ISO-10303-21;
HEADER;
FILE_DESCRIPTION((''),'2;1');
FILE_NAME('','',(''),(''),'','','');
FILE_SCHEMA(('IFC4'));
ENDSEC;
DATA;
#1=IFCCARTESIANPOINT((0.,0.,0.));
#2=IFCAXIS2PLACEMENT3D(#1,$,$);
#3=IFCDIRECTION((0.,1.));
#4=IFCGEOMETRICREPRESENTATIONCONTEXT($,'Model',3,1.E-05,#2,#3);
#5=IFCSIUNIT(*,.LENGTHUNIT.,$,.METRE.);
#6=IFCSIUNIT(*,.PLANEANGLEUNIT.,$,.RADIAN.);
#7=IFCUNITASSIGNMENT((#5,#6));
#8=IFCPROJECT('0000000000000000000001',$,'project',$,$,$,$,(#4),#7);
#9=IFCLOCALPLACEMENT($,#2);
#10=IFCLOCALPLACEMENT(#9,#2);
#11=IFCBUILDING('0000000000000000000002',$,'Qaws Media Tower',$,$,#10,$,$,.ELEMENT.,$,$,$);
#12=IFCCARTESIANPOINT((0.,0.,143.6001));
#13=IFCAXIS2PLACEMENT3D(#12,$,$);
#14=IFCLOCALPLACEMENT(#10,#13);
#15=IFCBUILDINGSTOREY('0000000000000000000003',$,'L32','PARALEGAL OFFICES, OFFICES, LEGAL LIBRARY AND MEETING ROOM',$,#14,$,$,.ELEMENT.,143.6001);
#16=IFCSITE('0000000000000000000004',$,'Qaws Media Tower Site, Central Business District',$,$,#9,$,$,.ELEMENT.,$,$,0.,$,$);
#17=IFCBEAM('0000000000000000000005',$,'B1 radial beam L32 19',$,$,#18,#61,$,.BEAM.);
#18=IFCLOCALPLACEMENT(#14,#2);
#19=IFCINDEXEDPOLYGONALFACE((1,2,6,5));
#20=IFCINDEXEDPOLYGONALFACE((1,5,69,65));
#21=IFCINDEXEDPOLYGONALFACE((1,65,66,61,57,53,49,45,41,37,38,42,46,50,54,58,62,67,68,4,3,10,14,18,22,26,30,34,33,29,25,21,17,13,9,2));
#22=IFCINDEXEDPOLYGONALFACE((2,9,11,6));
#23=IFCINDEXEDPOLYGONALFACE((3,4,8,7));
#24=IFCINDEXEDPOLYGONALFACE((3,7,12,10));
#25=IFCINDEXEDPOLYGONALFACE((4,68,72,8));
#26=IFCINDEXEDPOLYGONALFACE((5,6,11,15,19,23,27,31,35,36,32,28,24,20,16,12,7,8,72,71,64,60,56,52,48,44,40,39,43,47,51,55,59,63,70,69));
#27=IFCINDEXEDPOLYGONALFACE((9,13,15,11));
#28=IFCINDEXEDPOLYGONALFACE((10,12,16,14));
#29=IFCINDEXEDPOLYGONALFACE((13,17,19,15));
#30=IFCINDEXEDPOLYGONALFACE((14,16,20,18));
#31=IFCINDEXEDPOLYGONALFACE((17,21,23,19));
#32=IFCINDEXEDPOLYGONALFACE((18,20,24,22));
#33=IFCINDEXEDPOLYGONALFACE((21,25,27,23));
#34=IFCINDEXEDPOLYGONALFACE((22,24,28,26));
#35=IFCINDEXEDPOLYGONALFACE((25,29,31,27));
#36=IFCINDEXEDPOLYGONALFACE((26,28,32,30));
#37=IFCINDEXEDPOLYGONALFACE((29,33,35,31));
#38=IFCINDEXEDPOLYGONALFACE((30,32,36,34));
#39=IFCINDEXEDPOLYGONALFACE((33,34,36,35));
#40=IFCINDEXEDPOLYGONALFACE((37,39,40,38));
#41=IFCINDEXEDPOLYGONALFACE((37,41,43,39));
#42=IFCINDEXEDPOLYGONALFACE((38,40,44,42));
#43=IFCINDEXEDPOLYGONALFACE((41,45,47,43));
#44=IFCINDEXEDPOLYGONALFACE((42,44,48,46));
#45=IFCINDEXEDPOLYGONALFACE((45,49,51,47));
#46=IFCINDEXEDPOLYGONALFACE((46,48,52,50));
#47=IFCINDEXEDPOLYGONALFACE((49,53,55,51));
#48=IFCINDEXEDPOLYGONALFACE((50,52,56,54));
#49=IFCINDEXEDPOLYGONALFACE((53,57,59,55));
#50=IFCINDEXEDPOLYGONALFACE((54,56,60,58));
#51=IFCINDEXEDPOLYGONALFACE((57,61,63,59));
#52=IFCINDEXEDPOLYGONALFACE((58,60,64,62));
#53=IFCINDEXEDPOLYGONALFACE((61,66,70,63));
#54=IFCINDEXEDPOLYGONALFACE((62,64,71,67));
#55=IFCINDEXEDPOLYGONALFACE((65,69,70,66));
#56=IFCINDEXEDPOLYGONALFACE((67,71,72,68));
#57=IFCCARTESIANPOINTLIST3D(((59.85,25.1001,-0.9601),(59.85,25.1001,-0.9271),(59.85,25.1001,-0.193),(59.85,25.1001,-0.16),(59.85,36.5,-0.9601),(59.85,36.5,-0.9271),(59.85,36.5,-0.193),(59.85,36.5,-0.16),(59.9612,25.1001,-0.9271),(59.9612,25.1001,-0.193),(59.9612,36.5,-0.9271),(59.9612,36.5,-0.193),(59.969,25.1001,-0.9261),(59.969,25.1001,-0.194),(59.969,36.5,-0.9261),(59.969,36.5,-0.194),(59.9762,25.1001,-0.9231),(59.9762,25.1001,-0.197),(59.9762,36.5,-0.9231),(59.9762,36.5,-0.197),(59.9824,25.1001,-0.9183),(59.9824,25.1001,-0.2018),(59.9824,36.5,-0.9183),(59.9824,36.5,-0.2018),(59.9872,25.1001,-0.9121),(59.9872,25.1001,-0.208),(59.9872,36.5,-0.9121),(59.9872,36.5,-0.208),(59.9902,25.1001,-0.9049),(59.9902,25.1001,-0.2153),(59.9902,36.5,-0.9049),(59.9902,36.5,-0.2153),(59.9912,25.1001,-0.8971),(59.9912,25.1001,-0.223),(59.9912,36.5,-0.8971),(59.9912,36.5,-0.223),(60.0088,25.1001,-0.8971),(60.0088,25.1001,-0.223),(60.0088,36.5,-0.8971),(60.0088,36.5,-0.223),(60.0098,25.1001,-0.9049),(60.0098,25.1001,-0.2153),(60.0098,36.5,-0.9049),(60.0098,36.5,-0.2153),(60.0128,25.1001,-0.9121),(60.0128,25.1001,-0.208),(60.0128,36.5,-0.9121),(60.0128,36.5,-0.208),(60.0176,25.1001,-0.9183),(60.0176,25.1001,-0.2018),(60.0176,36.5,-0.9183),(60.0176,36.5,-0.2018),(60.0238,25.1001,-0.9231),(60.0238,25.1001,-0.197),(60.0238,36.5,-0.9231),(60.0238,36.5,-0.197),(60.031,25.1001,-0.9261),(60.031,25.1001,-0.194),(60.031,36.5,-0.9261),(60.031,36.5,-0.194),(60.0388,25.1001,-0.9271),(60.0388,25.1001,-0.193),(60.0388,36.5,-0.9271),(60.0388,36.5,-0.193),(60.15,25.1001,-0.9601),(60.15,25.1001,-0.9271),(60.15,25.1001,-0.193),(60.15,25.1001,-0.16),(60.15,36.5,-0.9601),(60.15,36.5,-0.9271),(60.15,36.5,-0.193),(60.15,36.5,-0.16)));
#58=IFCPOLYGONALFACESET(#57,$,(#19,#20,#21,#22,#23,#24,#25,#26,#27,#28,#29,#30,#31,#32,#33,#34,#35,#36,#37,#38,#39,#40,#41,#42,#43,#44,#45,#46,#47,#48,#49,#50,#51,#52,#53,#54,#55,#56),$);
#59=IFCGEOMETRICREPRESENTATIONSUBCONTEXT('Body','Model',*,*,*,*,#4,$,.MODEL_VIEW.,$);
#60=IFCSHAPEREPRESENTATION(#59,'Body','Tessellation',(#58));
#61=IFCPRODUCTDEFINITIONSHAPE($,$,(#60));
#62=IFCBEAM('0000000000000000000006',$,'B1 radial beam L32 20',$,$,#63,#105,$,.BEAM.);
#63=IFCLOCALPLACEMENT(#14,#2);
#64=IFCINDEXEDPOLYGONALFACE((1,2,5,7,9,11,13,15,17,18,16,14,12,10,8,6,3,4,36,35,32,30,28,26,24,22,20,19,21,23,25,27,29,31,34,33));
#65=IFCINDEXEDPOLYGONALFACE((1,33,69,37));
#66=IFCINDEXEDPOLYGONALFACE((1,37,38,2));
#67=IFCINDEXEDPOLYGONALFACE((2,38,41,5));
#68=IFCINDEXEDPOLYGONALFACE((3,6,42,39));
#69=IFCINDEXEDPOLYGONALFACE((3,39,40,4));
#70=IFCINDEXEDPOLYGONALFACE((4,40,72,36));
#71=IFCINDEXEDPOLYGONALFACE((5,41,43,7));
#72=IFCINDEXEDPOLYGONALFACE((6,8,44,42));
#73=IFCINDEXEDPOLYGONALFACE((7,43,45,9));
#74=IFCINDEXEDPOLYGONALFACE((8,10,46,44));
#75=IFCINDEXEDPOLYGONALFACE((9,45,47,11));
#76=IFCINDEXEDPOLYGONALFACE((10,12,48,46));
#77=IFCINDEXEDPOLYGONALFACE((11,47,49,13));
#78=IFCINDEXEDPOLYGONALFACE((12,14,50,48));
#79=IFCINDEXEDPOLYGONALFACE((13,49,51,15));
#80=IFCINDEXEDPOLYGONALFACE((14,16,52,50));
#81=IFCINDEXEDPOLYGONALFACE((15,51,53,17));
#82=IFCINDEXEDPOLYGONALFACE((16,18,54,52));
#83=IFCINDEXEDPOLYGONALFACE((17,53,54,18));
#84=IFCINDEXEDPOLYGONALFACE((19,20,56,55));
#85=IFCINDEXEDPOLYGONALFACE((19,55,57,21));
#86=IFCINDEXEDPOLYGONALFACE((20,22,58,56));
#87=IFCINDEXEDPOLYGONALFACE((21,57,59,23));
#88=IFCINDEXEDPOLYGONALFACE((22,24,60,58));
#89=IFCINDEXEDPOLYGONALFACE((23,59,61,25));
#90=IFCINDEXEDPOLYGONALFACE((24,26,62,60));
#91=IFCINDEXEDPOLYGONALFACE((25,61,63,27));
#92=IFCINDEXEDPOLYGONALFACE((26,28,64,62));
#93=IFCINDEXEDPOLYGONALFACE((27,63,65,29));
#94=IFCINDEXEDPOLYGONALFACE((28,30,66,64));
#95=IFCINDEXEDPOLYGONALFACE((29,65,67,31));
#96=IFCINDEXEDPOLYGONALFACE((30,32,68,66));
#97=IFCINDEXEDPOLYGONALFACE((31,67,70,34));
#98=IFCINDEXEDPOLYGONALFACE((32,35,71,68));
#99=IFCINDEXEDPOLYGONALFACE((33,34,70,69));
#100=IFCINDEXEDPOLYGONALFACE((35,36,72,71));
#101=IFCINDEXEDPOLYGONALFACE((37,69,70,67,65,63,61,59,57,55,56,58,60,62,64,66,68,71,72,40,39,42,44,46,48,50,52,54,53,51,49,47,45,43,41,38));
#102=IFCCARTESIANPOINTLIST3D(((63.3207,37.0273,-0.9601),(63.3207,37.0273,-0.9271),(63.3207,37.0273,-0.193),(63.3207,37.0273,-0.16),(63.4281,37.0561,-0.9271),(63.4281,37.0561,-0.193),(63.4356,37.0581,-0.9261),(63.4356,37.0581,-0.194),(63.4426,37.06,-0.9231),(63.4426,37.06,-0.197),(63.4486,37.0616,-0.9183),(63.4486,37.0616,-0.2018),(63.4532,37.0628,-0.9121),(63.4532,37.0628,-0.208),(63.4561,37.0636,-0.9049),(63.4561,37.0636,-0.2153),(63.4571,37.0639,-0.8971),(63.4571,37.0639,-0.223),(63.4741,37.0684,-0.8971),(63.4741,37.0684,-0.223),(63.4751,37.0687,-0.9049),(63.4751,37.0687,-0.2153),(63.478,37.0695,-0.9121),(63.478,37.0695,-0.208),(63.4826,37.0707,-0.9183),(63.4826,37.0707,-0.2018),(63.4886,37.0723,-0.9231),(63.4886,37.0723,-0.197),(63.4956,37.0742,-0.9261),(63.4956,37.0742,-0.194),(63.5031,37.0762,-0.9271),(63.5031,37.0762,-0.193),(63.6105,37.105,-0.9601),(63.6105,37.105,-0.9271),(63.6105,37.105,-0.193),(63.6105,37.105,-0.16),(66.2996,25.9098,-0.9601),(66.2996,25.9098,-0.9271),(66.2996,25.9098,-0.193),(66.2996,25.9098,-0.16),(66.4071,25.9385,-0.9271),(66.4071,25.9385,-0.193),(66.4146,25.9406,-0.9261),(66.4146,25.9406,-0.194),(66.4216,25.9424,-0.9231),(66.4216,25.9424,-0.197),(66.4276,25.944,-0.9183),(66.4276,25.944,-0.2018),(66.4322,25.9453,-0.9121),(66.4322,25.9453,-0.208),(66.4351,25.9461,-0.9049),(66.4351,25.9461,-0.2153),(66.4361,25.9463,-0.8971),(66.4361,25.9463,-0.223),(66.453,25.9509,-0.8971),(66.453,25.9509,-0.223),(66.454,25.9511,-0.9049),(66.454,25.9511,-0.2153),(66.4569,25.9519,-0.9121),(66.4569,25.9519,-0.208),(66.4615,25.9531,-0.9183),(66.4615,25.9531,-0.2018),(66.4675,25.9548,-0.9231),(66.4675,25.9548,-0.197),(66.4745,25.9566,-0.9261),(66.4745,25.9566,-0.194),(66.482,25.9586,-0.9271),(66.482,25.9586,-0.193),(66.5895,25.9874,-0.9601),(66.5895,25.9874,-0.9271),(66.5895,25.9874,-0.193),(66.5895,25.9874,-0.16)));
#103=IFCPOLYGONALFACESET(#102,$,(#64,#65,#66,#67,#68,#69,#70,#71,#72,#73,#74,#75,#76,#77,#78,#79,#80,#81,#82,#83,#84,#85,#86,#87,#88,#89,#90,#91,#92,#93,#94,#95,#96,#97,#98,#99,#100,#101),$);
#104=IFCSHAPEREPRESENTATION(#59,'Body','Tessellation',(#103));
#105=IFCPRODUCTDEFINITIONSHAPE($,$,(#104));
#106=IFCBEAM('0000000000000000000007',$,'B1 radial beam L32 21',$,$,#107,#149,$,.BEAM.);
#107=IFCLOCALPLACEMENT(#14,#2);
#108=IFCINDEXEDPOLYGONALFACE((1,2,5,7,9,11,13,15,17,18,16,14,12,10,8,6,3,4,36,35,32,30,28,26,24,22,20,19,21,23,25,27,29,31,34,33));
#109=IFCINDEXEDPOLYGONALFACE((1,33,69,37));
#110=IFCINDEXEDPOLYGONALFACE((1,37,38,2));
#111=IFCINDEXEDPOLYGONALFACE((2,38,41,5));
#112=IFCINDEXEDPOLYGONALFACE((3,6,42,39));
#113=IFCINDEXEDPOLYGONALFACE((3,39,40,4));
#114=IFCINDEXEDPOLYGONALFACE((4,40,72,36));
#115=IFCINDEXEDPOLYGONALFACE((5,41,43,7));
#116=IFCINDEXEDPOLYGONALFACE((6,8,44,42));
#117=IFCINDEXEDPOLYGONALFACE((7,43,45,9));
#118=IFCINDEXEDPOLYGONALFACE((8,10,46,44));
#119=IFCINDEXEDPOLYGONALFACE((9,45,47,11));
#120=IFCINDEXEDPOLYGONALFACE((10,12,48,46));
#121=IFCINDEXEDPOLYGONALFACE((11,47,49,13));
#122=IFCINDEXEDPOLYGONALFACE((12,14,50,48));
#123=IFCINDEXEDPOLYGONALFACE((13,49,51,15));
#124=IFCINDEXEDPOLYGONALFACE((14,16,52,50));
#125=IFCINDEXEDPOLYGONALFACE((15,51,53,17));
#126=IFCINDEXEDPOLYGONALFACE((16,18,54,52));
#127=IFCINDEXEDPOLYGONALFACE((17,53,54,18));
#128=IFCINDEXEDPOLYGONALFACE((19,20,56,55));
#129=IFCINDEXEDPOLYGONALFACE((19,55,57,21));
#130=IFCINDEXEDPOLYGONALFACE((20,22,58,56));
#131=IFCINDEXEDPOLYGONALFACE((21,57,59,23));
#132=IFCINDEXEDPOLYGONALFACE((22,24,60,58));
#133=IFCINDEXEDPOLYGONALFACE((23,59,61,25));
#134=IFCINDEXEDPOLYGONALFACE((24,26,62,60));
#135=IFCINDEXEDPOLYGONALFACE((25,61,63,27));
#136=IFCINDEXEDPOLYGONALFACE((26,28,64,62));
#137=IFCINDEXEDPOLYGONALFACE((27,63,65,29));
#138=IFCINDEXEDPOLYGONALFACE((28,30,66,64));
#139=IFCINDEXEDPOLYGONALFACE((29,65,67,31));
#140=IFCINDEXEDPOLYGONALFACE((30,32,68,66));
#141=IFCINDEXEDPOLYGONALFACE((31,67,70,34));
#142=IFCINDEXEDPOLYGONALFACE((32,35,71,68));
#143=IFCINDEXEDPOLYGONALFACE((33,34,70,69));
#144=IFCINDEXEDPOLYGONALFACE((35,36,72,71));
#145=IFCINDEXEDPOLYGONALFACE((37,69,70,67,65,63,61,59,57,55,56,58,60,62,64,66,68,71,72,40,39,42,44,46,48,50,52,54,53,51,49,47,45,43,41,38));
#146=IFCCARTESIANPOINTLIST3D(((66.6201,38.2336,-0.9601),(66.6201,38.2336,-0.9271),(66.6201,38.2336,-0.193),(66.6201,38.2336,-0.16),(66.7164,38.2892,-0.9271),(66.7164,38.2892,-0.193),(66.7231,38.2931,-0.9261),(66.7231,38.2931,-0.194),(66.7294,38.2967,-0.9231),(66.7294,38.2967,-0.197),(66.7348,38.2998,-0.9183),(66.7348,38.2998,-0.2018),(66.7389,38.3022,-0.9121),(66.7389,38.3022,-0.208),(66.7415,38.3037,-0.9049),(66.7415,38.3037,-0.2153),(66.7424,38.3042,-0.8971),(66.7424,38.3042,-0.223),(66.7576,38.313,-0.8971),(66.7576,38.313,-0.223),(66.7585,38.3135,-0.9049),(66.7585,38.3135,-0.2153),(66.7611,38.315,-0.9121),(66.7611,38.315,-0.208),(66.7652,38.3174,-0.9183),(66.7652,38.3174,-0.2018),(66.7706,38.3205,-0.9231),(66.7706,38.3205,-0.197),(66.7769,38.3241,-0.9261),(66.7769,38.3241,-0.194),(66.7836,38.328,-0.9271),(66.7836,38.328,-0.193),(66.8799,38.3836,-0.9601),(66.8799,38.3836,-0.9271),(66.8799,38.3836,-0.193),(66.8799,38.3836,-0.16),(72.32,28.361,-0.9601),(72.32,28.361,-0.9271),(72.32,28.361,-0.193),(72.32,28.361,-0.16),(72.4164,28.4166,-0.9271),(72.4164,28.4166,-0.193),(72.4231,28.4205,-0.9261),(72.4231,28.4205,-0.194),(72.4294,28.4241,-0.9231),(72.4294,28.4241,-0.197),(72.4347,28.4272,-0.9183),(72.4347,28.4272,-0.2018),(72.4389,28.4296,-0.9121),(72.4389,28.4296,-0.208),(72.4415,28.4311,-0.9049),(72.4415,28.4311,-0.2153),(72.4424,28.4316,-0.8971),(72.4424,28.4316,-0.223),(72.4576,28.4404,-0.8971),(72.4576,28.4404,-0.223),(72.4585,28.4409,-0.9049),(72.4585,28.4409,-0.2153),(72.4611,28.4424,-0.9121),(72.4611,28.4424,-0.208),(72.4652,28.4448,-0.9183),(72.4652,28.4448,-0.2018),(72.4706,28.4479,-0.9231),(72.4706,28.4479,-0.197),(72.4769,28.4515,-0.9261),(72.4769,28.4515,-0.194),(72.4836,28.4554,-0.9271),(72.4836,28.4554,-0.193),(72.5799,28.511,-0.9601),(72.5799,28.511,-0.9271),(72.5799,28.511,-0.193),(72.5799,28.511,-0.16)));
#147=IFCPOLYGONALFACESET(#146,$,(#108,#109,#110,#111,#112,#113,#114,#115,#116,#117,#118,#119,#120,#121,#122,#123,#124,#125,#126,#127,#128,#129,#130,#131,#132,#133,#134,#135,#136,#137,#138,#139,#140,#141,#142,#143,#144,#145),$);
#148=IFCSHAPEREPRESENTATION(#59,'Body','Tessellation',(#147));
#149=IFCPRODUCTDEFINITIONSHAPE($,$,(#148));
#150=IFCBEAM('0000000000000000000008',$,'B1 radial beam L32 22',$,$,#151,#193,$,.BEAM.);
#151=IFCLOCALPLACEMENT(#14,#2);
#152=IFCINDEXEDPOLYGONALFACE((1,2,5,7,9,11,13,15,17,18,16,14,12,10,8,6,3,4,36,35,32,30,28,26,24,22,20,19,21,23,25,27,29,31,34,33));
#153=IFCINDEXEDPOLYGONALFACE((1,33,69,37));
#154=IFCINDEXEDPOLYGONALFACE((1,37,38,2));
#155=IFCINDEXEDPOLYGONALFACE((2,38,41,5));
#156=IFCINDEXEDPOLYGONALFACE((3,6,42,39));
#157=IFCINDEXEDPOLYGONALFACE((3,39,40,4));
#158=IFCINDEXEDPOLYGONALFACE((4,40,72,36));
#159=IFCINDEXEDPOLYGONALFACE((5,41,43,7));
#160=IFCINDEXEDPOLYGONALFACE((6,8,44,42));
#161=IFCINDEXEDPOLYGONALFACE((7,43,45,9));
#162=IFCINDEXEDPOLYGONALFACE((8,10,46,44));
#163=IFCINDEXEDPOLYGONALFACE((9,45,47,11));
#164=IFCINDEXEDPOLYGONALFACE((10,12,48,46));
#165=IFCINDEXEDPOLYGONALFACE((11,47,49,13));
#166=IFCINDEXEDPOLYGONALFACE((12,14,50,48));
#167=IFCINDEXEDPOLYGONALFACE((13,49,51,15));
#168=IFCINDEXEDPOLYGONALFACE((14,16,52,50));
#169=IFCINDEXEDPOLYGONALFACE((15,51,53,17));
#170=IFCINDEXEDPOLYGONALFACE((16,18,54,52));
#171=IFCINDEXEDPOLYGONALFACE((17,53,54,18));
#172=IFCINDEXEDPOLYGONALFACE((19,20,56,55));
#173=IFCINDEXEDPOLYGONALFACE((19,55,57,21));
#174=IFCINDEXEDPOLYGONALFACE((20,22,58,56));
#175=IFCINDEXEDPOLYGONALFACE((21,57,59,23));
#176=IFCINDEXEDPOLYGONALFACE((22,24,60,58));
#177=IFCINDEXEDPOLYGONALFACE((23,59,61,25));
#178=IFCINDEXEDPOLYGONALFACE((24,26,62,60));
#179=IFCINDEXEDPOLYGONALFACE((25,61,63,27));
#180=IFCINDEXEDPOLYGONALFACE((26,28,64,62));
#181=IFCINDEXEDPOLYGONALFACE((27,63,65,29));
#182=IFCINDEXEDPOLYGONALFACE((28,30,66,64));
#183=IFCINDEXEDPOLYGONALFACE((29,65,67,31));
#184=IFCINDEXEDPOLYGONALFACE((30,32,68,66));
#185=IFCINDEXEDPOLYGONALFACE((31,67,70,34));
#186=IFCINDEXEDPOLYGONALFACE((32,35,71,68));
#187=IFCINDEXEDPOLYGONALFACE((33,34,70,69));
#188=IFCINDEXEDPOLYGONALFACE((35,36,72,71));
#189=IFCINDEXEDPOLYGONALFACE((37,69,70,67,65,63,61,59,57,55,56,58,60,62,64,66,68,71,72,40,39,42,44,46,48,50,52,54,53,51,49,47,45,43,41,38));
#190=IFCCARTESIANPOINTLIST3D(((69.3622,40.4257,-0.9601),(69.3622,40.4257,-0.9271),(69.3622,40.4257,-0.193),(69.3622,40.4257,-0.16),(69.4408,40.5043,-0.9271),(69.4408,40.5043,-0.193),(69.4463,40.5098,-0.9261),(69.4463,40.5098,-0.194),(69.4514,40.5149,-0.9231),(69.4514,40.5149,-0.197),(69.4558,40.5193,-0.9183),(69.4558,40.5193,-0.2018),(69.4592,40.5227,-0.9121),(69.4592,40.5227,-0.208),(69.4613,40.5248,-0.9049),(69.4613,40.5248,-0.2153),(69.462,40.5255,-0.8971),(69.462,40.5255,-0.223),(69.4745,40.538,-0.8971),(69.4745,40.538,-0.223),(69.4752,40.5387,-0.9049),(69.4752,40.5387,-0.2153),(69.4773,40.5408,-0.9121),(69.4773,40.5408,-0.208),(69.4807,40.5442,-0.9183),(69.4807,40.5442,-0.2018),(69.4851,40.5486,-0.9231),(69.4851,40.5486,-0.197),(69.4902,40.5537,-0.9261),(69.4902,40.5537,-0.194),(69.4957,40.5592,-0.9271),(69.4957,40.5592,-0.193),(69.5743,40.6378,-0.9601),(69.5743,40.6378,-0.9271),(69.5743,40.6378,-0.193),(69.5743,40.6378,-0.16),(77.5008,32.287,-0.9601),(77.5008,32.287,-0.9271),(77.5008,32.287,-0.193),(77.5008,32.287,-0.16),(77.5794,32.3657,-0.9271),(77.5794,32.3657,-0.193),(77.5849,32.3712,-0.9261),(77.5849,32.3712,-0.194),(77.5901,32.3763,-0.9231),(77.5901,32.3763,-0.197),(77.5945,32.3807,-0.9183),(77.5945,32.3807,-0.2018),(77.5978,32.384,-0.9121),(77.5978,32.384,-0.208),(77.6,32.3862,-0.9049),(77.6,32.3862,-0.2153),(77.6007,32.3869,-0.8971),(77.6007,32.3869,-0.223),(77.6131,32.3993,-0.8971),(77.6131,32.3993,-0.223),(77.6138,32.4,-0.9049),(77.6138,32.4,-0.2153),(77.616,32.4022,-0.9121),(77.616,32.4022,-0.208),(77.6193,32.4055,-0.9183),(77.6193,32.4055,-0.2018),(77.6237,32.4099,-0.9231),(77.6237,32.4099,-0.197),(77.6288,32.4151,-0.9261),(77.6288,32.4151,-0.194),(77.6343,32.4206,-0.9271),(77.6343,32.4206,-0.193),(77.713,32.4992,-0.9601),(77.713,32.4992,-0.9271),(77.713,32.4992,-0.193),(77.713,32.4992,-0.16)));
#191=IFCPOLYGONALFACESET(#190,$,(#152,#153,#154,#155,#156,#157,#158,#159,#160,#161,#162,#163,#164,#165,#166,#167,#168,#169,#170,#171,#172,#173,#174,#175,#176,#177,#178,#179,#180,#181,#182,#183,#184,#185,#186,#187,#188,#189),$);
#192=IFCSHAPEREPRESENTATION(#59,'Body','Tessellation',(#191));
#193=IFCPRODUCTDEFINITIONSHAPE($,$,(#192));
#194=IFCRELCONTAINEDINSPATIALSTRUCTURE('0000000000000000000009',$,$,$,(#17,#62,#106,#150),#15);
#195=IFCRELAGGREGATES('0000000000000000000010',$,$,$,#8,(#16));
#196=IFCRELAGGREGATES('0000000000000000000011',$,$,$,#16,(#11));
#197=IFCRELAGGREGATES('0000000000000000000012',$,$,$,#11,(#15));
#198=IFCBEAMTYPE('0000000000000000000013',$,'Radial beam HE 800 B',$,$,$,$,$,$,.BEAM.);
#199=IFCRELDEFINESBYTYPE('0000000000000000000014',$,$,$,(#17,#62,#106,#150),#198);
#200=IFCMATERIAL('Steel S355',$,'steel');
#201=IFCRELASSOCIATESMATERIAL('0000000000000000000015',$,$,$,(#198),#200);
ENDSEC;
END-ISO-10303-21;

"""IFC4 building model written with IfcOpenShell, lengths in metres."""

from ifc_helpers import new_model, si_unit, direction, frame, origin, origin_2d, place, context, subcontext, project, spatial, i_section, extrude, material, material_profile, profile_set, type_object, element, save


model = new_model("IFC4")

# Units and contexts
model_context = context("Model", 3, precision=1e-05, world=origin(), true_north=direction((0.0, 1.0)))
body_context = subcontext(model_context, "Body", "Model", "MODEL_VIEW")
ifc_project = project(units=[si_unit("LENGTHUNIT", "METRE"), si_unit("PLANEANGLEUNIT", "RADIAN")], contexts=[model_context])

# Site, building, storey
site_placement = place(None, origin())
site = spatial("IfcSite", under=ifc_project, at=site_placement, Name="Qaws Media Tower Site, Central Business District", CompositionType="ELEMENT", RefElevation=0.0)
building_placement = place(site_placement, origin())
building = spatial("IfcBuilding", under=site, at=building_placement, Name="Qaws Media Tower", CompositionType="ELEMENT")
storey_placement = place(building_placement, frame((0.0, 0.0, 143.6001)))
storey = spatial("IfcBuildingStorey", under=building, at=storey_placement, Name="L32", Description="PARALEGAL OFFICES, OFFICES, LEGAL LIBRARY AND MEETING ROOM", CompositionType="ELEMENT", Elevation=143.6001)

# Beams
ifc_material_1 = material(Name="Steel S355", Category="steel")
ifc_material_profile_1 = material_profile(ifc_material_1, i_section(OverallWidth=0.3, OverallDepth=0.8, WebThickness=0.0176, FlangeThickness=0.033, FilletRadius=0.03, at=origin_2d()), Name="HE 800 B")
ifc_profile_set_1 = profile_set([ifc_material_profile_1], Name="Steel S355")
beam_type_1 = type_object("IfcBeamType", Name="Radial beam HE 800 B", PredefinedType="BEAM", material=ifc_profile_set_1)
beam_1_placement = place(storey_placement, frame((60.0, 36.5, -0.5601), z_axis=(0.0, -1.0, 0.0), x_axis=(1.0, 0.0, 0.0)))
element("IfcBeam", 1, at=beam_1_placement, inside=storey, type_object=beam_type_1, Name="B1 radial beam L32 19", PredefinedType="BEAM", context=body_context, shape_type="SweptSolid", body=[
    extrude(i_section(OverallWidth=0.3, OverallDepth=0.8, WebThickness=0.0176, FlangeThickness=0.033, FilletRadius=0.03, at=origin_2d()), origin(), (0.0, 0.0, 1.0), 11.3999),
])
beam_2_placement = place(storey_placement, frame((63.4656, 37.0662, -0.5601), z_axis=(0.258822, -0.965925, 0.0), x_axis=(0.965925, 0.258822, 0.0)))
element("IfcBeam", 2, at=beam_2_placement, inside=storey, type_object=beam_type_1, Name="B1 radial beam L32 20", PredefinedType="BEAM", context=body_context, shape_type="SweptSolid", body=[
    extrude(i_section(OverallWidth=0.3, OverallDepth=0.8, WebThickness=0.0176, FlangeThickness=0.033, FilletRadius=0.03, at=origin_2d()), origin(), (0.0, 0.0, 1.0), 11.5098),
])
beam_3_placement = place(storey_placement, frame((66.75, 38.3086, -0.5601), z_axis=(0.500002, -0.866024, 0.0), x_axis=(0.866024, 0.500002, 0.0)))
element("IfcBeam", 3, at=beam_3_placement, inside=storey, type_object=beam_type_1, Name="B1 radial beam L32 21", PredefinedType="BEAM", context=body_context, shape_type="SweptSolid", body=[
    extrude(i_section(OverallWidth=0.3, OverallDepth=0.8, WebThickness=0.0176, FlangeThickness=0.033, FilletRadius=0.03, at=origin_2d()), origin(), (0.0, 0.0, 1.0), 11.3999),
])
beam_4_placement = place(storey_placement, frame((69.4683, 40.5317, -0.5601), z_axis=(0.707107, -0.707107, 0.0), x_axis=(0.707107, 0.707107, 0.0)))
element("IfcBeam", 4, at=beam_4_placement, inside=storey, type_object=beam_type_1, Name="B1 radial beam L32 22", PredefinedType="BEAM", context=body_context, shape_type="SweptSolid", body=[
    extrude(i_section(OverallWidth=0.3, OverallDepth=0.8, WebThickness=0.0176, FlangeThickness=0.033, FilletRadius=0.03, at=origin_2d()), origin(), (0.0, 0.0, 1.0), 11.5098),
])

save(model, "model.ifc")
